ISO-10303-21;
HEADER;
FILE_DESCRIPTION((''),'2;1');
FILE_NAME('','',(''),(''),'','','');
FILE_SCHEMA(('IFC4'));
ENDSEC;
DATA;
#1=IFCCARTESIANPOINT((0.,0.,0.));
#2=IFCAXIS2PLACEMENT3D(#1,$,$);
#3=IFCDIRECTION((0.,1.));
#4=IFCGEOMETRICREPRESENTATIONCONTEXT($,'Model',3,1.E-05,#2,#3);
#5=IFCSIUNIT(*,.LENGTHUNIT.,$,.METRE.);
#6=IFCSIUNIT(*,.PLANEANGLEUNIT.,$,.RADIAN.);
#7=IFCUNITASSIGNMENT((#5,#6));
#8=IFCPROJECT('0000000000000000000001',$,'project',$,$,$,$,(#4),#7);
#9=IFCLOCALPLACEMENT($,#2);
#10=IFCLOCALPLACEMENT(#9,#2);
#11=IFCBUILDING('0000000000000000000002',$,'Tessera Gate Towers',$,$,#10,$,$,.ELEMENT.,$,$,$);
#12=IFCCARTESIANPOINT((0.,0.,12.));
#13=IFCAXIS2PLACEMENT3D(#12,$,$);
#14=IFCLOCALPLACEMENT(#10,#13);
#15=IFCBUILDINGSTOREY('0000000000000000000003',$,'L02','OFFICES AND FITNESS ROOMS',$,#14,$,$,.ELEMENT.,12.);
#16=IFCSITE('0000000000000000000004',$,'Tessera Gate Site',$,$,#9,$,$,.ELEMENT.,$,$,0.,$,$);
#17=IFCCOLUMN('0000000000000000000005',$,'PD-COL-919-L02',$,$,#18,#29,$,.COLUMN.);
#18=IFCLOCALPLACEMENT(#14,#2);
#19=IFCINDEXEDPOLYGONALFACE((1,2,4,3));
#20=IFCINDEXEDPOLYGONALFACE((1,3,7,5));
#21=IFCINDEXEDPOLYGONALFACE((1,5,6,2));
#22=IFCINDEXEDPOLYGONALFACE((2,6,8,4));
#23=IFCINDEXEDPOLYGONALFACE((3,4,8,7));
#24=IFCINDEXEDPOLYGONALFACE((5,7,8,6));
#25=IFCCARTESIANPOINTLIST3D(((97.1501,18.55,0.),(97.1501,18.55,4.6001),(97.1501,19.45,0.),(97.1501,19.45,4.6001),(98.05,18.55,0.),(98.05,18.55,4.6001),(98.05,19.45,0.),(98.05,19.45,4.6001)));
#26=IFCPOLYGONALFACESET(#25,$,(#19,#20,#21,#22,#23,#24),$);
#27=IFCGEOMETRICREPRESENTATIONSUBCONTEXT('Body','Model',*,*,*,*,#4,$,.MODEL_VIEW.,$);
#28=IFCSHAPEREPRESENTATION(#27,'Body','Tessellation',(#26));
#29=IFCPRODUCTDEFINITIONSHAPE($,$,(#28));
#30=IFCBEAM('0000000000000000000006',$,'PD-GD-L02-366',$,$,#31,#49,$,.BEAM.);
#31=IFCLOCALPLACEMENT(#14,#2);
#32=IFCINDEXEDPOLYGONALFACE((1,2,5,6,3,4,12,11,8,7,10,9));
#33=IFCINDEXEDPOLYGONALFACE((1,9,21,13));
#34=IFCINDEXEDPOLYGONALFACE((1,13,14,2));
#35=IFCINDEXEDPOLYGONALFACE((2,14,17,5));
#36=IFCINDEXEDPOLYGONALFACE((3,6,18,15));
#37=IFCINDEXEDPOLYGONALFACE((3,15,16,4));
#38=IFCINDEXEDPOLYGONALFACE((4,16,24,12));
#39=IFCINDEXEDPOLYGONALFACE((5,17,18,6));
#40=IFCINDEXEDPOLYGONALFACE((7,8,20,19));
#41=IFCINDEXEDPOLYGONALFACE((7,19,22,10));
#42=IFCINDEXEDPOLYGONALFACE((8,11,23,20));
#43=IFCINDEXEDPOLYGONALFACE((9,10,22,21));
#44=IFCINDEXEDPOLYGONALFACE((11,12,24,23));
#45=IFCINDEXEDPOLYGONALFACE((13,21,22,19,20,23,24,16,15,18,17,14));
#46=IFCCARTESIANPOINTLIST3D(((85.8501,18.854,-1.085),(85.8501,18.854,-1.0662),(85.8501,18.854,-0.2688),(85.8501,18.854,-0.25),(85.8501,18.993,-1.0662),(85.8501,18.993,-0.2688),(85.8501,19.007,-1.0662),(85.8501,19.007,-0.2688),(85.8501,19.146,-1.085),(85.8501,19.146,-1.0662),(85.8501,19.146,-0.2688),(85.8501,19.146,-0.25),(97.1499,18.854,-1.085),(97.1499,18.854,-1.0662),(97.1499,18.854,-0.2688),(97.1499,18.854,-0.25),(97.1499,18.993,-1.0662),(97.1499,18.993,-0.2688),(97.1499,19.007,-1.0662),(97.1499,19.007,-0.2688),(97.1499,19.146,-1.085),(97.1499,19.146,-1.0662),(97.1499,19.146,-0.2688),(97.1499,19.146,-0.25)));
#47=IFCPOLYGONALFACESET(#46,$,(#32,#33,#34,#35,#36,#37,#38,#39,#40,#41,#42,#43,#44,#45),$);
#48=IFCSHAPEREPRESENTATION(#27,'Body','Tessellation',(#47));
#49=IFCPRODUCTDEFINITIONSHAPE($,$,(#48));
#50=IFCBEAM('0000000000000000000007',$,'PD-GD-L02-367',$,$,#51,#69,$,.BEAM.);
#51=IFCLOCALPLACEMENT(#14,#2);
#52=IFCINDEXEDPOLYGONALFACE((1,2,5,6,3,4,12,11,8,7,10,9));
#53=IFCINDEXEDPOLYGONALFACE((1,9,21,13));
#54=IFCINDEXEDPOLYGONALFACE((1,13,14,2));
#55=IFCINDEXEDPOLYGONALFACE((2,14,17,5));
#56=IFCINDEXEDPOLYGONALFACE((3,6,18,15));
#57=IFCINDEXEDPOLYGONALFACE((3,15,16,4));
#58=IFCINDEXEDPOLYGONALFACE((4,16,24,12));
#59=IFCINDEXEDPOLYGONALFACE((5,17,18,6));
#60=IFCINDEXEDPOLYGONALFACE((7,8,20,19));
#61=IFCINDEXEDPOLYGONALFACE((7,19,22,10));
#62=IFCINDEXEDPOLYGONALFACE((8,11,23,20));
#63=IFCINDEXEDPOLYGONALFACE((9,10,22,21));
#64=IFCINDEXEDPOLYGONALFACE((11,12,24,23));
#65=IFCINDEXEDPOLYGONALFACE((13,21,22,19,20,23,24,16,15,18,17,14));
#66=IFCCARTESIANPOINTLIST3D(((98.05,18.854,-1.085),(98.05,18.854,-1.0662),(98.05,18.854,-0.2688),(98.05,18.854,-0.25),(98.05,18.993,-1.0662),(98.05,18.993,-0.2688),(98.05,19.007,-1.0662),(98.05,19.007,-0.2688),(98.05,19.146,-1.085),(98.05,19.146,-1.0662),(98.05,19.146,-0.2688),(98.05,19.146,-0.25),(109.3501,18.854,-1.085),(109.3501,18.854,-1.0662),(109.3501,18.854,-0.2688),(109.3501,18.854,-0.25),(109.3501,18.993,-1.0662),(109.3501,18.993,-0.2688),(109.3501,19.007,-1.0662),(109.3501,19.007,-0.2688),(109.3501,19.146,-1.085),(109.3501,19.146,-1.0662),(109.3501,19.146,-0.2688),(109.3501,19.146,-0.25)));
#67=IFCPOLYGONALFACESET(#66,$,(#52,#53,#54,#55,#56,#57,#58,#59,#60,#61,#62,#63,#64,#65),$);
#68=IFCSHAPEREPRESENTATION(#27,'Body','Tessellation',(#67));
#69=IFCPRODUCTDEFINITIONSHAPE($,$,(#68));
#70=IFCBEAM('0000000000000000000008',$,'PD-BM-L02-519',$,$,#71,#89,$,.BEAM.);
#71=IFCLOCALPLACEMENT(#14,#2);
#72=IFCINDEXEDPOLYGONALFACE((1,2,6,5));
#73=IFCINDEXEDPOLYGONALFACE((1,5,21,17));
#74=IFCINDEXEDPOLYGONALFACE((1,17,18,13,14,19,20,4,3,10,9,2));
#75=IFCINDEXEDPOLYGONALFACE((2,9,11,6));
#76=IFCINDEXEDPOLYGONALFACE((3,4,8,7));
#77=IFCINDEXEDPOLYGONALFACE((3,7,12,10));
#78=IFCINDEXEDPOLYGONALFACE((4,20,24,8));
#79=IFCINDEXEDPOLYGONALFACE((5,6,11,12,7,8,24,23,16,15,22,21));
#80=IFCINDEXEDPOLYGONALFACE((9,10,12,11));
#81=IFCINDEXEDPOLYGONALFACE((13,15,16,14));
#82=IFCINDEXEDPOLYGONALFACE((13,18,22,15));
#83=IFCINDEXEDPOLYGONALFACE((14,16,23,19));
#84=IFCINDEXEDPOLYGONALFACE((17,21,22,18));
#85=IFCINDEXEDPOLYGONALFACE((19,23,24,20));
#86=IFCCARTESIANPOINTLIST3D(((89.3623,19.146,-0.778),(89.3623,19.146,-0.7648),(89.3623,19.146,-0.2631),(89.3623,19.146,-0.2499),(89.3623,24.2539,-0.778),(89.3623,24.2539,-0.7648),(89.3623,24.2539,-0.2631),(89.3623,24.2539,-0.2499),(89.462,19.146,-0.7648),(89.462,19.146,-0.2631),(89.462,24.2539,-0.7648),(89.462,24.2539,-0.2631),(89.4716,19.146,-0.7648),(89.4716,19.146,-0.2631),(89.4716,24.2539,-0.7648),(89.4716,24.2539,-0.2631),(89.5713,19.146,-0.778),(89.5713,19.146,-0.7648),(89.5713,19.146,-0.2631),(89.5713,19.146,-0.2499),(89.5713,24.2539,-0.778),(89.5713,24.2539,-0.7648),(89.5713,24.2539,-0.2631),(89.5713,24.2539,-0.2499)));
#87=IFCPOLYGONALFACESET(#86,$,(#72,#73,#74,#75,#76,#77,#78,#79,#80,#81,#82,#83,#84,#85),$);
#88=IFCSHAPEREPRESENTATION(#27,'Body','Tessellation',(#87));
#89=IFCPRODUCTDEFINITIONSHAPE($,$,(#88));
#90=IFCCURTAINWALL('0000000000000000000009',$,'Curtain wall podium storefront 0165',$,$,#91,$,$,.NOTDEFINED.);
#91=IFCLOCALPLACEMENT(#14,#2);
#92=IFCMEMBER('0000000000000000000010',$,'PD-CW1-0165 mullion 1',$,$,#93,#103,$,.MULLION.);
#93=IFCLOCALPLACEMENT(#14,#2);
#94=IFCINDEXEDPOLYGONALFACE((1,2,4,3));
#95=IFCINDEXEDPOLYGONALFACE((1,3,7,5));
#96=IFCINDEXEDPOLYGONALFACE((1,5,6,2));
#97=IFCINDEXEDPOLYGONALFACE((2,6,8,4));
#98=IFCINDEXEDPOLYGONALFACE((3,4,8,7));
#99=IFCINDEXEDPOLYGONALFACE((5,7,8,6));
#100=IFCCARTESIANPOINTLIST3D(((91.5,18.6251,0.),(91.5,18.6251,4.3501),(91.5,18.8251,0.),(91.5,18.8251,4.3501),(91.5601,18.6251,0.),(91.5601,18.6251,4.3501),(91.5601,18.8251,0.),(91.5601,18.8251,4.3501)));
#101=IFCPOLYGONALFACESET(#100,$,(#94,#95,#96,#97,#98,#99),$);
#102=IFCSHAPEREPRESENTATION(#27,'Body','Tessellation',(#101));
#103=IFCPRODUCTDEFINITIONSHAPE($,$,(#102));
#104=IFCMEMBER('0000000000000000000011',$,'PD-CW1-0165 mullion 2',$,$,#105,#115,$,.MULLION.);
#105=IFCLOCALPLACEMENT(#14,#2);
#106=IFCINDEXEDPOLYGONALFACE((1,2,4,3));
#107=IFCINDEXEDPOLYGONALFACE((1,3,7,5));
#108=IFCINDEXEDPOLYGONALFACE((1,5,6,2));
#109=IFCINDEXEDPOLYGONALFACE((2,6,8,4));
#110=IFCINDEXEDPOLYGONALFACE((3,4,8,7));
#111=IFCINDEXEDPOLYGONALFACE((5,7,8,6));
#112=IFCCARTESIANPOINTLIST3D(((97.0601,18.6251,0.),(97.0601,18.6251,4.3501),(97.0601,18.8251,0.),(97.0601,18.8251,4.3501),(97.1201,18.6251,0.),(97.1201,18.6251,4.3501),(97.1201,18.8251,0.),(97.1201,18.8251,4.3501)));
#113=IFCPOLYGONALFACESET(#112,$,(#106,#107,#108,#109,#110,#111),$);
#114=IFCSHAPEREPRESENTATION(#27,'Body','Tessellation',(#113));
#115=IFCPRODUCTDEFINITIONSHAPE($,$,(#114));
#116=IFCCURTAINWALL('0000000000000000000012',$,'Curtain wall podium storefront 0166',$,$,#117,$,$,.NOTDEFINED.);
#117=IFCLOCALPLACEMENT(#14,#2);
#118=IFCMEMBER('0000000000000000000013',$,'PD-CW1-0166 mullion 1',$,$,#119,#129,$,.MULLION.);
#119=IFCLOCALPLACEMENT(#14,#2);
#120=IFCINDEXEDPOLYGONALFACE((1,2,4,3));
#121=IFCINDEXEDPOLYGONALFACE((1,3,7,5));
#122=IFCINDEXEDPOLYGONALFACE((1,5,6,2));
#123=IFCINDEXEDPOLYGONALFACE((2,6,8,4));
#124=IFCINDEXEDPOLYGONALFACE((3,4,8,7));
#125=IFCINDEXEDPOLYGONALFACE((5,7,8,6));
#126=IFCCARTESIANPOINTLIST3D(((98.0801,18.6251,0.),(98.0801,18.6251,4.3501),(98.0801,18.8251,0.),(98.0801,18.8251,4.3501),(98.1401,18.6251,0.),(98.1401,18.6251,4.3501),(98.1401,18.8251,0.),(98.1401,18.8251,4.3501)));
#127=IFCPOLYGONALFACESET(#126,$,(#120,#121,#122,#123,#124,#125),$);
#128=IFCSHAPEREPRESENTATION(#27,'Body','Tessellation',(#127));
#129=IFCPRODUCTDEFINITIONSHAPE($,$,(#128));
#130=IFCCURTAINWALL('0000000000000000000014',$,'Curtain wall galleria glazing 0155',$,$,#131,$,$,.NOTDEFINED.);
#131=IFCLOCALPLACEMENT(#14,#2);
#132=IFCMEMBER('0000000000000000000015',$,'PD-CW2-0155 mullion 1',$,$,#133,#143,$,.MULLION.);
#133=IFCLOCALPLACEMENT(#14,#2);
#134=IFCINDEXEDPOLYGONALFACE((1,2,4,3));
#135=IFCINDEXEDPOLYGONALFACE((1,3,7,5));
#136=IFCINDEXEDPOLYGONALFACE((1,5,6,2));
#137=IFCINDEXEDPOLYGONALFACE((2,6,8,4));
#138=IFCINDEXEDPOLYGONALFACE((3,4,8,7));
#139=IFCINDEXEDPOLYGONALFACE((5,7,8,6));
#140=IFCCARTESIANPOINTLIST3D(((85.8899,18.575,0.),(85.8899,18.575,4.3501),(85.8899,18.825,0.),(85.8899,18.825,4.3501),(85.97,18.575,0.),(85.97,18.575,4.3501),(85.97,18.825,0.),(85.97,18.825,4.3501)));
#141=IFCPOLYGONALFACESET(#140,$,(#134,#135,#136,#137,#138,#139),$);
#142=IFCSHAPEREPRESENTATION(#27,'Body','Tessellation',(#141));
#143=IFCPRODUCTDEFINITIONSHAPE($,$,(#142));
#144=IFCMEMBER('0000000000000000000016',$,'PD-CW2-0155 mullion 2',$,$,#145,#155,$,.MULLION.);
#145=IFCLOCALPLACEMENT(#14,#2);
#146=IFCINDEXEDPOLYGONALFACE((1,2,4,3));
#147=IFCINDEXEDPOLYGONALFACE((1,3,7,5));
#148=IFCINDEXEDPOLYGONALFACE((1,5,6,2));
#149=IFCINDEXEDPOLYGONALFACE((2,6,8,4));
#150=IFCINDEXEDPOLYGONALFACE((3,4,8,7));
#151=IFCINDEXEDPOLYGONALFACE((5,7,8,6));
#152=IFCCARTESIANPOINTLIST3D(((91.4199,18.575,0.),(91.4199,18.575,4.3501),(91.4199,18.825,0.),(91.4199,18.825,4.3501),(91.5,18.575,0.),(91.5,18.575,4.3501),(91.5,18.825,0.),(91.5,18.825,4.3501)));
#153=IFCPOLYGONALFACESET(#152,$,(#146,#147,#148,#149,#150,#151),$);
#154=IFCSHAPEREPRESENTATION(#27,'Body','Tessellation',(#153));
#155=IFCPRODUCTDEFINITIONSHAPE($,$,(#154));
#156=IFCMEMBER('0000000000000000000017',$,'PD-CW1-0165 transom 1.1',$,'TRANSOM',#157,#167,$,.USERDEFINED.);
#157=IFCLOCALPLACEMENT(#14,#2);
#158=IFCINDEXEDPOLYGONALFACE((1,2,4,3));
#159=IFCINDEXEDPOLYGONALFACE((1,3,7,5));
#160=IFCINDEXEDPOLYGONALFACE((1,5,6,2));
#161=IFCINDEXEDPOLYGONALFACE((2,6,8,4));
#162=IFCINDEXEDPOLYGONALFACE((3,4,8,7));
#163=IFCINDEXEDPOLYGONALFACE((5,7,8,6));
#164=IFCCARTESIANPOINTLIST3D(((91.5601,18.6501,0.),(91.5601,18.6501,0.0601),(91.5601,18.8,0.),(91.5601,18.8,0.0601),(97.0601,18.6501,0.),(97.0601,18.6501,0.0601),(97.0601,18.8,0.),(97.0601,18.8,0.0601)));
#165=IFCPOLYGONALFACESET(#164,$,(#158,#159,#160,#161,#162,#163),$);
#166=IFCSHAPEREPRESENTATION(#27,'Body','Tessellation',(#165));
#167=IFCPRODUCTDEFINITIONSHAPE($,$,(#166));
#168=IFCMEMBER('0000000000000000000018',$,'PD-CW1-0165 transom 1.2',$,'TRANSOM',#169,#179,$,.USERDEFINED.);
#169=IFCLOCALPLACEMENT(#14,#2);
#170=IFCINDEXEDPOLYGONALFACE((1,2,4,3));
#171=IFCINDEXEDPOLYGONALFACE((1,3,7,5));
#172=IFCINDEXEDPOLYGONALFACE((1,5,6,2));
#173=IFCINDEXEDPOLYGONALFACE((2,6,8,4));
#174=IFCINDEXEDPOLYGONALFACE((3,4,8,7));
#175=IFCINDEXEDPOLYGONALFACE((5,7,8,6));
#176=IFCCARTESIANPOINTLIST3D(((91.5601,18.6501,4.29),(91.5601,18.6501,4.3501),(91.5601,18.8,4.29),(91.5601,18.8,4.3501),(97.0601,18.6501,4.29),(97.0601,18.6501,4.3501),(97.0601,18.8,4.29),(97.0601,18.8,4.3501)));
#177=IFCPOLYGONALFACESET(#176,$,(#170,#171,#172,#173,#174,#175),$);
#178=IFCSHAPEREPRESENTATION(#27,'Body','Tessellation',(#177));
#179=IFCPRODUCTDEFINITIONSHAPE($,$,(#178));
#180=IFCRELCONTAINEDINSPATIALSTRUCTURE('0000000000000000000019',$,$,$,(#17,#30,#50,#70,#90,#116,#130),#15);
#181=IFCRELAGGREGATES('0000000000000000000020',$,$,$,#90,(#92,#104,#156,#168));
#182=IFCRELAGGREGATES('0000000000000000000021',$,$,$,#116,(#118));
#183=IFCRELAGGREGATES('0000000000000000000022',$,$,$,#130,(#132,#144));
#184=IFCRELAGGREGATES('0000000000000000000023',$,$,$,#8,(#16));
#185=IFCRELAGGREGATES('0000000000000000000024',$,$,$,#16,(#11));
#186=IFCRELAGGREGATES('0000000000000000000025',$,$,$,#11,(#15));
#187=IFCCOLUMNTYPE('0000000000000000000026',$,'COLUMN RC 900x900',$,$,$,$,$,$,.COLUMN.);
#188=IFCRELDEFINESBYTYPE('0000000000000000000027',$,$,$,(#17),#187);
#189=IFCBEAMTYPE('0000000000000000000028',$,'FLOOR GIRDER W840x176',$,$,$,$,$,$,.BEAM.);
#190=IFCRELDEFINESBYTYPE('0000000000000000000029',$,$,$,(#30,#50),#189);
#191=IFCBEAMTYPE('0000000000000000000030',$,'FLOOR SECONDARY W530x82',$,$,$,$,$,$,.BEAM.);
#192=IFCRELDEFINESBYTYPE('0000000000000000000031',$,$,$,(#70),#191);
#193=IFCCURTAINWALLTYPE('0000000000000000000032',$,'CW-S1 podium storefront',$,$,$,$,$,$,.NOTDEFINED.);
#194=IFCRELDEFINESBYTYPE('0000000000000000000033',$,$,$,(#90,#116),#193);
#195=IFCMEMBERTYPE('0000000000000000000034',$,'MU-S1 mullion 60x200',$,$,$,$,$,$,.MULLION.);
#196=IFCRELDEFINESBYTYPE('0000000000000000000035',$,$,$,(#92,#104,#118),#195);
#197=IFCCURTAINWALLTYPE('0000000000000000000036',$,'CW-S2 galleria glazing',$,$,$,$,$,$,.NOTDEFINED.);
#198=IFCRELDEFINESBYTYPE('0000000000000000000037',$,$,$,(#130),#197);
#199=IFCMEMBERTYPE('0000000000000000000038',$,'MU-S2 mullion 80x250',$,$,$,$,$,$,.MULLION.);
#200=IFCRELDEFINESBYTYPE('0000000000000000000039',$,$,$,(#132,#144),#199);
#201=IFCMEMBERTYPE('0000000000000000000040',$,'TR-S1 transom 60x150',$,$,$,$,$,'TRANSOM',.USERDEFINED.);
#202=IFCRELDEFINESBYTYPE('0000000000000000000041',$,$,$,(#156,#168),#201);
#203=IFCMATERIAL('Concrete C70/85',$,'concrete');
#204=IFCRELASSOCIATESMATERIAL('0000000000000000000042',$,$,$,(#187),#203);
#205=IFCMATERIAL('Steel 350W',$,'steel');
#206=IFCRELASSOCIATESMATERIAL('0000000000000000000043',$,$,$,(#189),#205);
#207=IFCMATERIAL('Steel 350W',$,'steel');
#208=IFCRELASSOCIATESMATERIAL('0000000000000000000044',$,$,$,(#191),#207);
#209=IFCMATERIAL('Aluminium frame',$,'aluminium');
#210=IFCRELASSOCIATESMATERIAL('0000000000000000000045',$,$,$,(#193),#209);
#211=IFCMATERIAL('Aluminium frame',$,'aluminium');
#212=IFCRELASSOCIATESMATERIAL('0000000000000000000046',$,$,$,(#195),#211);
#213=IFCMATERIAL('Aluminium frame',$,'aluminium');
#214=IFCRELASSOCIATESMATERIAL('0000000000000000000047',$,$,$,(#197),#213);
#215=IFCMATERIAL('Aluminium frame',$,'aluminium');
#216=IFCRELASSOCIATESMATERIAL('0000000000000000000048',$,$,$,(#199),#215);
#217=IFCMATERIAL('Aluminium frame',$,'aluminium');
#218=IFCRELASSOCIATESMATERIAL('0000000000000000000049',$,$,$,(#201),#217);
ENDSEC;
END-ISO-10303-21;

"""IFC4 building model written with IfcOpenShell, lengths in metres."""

from ifc_helpers import new_model, si_unit, direction, frame, origin, origin_2d, place, context, subcontext, project, spatial, rectangle, i_section, extrude, material, material_profile, profile_set, type_object, element, aggregate, save


model = new_model("IFC4")

# Units and contexts
model_context = context("Model", 3, precision=1e-05, world=origin(), true_north=direction((0.0, 1.0)))
body_context = subcontext(model_context, "Body", "Model", "MODEL_VIEW")
ifc_project = project(units=[si_unit("LENGTHUNIT", "METRE"), si_unit("PLANEANGLEUNIT", "RADIAN")], contexts=[model_context])

# Site, building, storey
site_placement = place(None, origin())
site = spatial("IfcSite", under=ifc_project, at=site_placement, Name="Tessera Gate Site", CompositionType="ELEMENT", RefElevation=0.0)
building_placement = place(site_placement, origin())
building = spatial("IfcBuilding", under=site, at=building_placement, Name="Tessera Gate Towers", CompositionType="ELEMENT")
storey_placement = place(building_placement, frame((0.0, 0.0, 12.0)))
storey = spatial("IfcBuildingStorey", under=building, at=storey_placement, Name="L02", Description="OFFICES AND FITNESS ROOMS", CompositionType="ELEMENT", Elevation=12.0)

# Column
ifc_material_1 = material(Name="Concrete C70/85", Category="concrete")
ifc_material_profile_1 = material_profile(ifc_material_1, rectangle(XDim=0.8999, YDim=0.8999, at=origin_2d()), Name="RC 900x900")
ifc_profile_set_1 = profile_set([ifc_material_profile_1], Name="Concrete C70/85")
column_type = type_object("IfcColumnType", Name="COLUMN RC 900x900", PredefinedType="COLUMN", material=ifc_profile_set_1)
column_placement = place(storey_placement, frame((97.6001, 19.0, 0.0), z_axis=(0.0, 0.0, 1.0), x_axis=(1.0, 0.0, 0.0)))
element("IfcColumn", 1, at=column_placement, inside=storey, type_object=column_type, Name="PD-COL-919-L02", PredefinedType="COLUMN", context=body_context, shape_type="SweptSolid", body=[
    extrude(rectangle(XDim=0.8999, YDim=0.8999, at=origin_2d()), origin(), (0.0, 0.0, 1.0), 4.6001),
])

# Beams
ifc_material_2 = material(Name="Steel 350W", Category="steel")
ifc_material_profile_2 = material_profile(ifc_material_2, i_section(OverallWidth=0.292, OverallDepth=0.835, WebThickness=0.0139, FlangeThickness=0.0188, at=origin_2d()), Name="W840x176")
ifc_profile_set_2 = profile_set([ifc_material_profile_2], Name="Steel 350W")
beam_type_1 = type_object("IfcBeamType", Name="FLOOR GIRDER W840x176", PredefinedType="BEAM", material=ifc_profile_set_2)
beam_1_placement = place(storey_placement, frame((85.8501, 19.0, -0.6675), z_axis=(1.0, 0.0, 0.0), x_axis=(0.0, 1.0, 0.0)))
element("IfcBeam", 2, at=beam_1_placement, inside=storey, type_object=beam_type_1, Name="PD-GD-L02-366", PredefinedType="BEAM", context=body_context, shape_type="SweptSolid", body=[
    extrude(i_section(OverallWidth=0.292, OverallDepth=0.835, WebThickness=0.0139, FlangeThickness=0.0188, at=origin_2d()), origin(), (0.0, 0.0, 1.0), 11.2998),
])
beam_2_placement = place(storey_placement, frame((98.05, 19.0, -0.6675), z_axis=(1.0, 0.0, 0.0), x_axis=(0.0, 1.0, 0.0)))
element("IfcBeam", 3, at=beam_2_placement, inside=storey, type_object=beam_type_1, Name="PD-GD-L02-367", PredefinedType="BEAM", context=body_context, shape_type="SweptSolid", body=[
    extrude(i_section(OverallWidth=0.292, OverallDepth=0.835, WebThickness=0.0139, FlangeThickness=0.0188, at=origin_2d()), origin(), (0.0, 0.0, 1.0), 11.3),
])
ifc_material_3 = material(Name="Steel 350W", Category="steel")
ifc_material_profile_3 = material_profile(ifc_material_3, i_section(OverallWidth=0.209, OverallDepth=0.5281, WebThickness=0.0095, FlangeThickness=0.0132, at=origin_2d()), Name="W530x82")
ifc_profile_set_3 = profile_set([ifc_material_profile_3], Name="Steel 350W")
beam_type_2 = type_object("IfcBeamType", Name="FLOOR SECONDARY W530x82", PredefinedType="BEAM", material=ifc_profile_set_3)
beam_3_placement = place(storey_placement, frame((89.4668, 19.146, -0.5139), z_axis=(0.0, 1.0, 0.0), x_axis=(-1.0, 0.0, 0.0)))
element("IfcBeam", 4, at=beam_3_placement, inside=storey, type_object=beam_type_2, Name="PD-BM-L02-519", PredefinedType="BEAM", context=body_context, shape_type="SweptSolid", body=[
    extrude(i_section(OverallWidth=0.209, OverallDepth=0.5281, WebThickness=0.0095, FlangeThickness=0.0132, at=origin_2d()), origin(), (0.0, 0.0, 1.0), 5.1079),
])

# Curtain wall, members
ifc_material_4 = material(Name="Aluminium frame", Category="aluminium")
curtain_wall_type_1 = type_object("IfcCurtainWallType", Name="CW-S1 podium storefront", PredefinedType="NOTDEFINED", material=ifc_material_4)
curtain_wall_1_placement = place(storey_placement, origin())
curtain_wall_1 = element("IfcCurtainWall", 5, at=curtain_wall_1_placement, inside=storey, type_object=curtain_wall_type_1, Name="Curtain wall podium storefront 0165", PredefinedType="NOTDEFINED")
ifc_material_5 = material(Name="Aluminium frame", Category="aluminium")
ifc_material_profile_4 = material_profile(ifc_material_5, rectangle(XDim=0.0601, YDim=0.2, at=origin_2d()), Name="AL 60x200")
ifc_profile_set_4 = profile_set([ifc_material_profile_4], Name="Aluminium frame")
member_type_1 = type_object("IfcMemberType", Name="MU-S1 mullion 60x200", PredefinedType="MULLION", material=ifc_profile_set_4)
member_1_placement = place(storey_placement, frame((91.53, 18.7251, 0.0), z_axis=(0.0, 0.0, 1.0), x_axis=(1.0, 0.0, 0.0)))
member_1 = element("IfcMember", 6, at=member_1_placement, type_object=member_type_1, Name="PD-CW1-0165 mullion 1", PredefinedType="MULLION", context=body_context, shape_type="SweptSolid", body=[
    extrude(rectangle(XDim=0.0601, YDim=0.2, at=origin_2d()), origin(), (0.0, 0.0, 1.0), 4.3501),
])
member_2_placement = place(storey_placement, frame((97.0901, 18.7251, 0.0), z_axis=(0.0, 0.0, 1.0), x_axis=(1.0, 0.0, 0.0)))
member_2 = element("IfcMember", 7, at=member_2_placement, type_object=member_type_1, Name="PD-CW1-0165 mullion 2", PredefinedType="MULLION", context=body_context, shape_type="SweptSolid", body=[
    extrude(rectangle(XDim=0.0601, YDim=0.2, at=origin_2d()), origin(), (0.0, 0.0, 1.0), 4.3501),
])

# Curtain wall, member
curtain_wall_2_placement = place(storey_placement, origin())
curtain_wall_2 = element("IfcCurtainWall", 8, at=curtain_wall_2_placement, inside=storey, type_object=curtain_wall_type_1, Name="Curtain wall podium storefront 0166", PredefinedType="NOTDEFINED")
member_3_placement = place(storey_placement, frame((98.1101, 18.7251, 0.0), z_axis=(0.0, 0.0, 1.0), x_axis=(1.0, 0.0, 0.0)))
member_3 = element("IfcMember", 9, at=member_3_placement, type_object=member_type_1, Name="PD-CW1-0166 mullion 1", PredefinedType="MULLION", context=body_context, shape_type="SweptSolid", body=[
    extrude(rectangle(XDim=0.0601, YDim=0.2, at=origin_2d()), origin(), (0.0, 0.0, 1.0), 4.3501),
])

# Curtain wall, members
ifc_material_6 = material(Name="Aluminium frame", Category="aluminium")
curtain_wall_type_2 = type_object("IfcCurtainWallType", Name="CW-S2 galleria glazing", PredefinedType="NOTDEFINED", material=ifc_material_6)
curtain_wall_3_placement = place(storey_placement, origin())
curtain_wall_3 = element("IfcCurtainWall", 10, at=curtain_wall_3_placement, inside=storey, type_object=curtain_wall_type_2, Name="Curtain wall galleria glazing 0155", PredefinedType="NOTDEFINED")
ifc_material_7 = material(Name="Aluminium frame", Category="aluminium")
ifc_material_profile_5 = material_profile(ifc_material_7, rectangle(XDim=0.0801, YDim=0.25, at=origin_2d()), Name="AL 80x250")
ifc_profile_set_5 = profile_set([ifc_material_profile_5], Name="Aluminium frame")
member_type_2 = type_object("IfcMemberType", Name="MU-S2 mullion 80x250", PredefinedType="MULLION", material=ifc_profile_set_5)
member_4_placement = place(storey_placement, frame((85.9299, 18.7, 0.0), z_axis=(0.0, 0.0, 1.0), x_axis=(1.0, 0.0, 0.0)))
member_4 = element("IfcMember", 11, at=member_4_placement, type_object=member_type_2, Name="PD-CW2-0155 mullion 1", PredefinedType="MULLION", context=body_context, shape_type="SweptSolid", body=[
    extrude(rectangle(XDim=0.0801, YDim=0.25, at=origin_2d()), origin(), (0.0, 0.0, 1.0), 4.3501),
])
member_5_placement = place(storey_placement, frame((91.46, 18.7, 0.0), z_axis=(0.0, 0.0, 1.0), x_axis=(1.0, 0.0, 0.0)))
member_5 = element("IfcMember", 12, at=member_5_placement, type_object=member_type_2, Name="PD-CW2-0155 mullion 2", PredefinedType="MULLION", context=body_context, shape_type="SweptSolid", body=[
    extrude(rectangle(XDim=0.0801, YDim=0.25, at=origin_2d()), origin(), (0.0, 0.0, 1.0), 4.3501),
])

# Members
ifc_material_8 = material(Name="Aluminium frame", Category="aluminium")
ifc_material_profile_6 = material_profile(ifc_material_8, rectangle(XDim=0.1499, YDim=0.0601, at=origin_2d()), Name="AL 60x150")
ifc_profile_set_6 = profile_set([ifc_material_profile_6], Name="Aluminium frame")
member_type_3 = type_object("IfcMemberType", Name="TR-S1 transom 60x150", ElementType="TRANSOM", PredefinedType="USERDEFINED", material=ifc_profile_set_6)
member_6_placement = place(storey_placement, frame((91.5601, 18.7251, 0.03), z_axis=(1.0, 0.0, 0.0), x_axis=(0.0, 1.0, 0.0)))
member_6 = element("IfcMember", 13, at=member_6_placement, type_object=member_type_3, Name="PD-CW1-0165 transom 1.1", ObjectType="TRANSOM", PredefinedType="USERDEFINED", context=body_context, shape_type="SweptSolid", body=[
    extrude(rectangle(XDim=0.1499, YDim=0.0601, at=origin_2d()), origin(), (0.0, 0.0, 1.0), 5.5),
])
member_7_placement = place(storey_placement, frame((91.5601, 18.7251, 4.3201), z_axis=(1.0, 0.0, 0.0), x_axis=(0.0, 1.0, 0.0)))
member_7 = element("IfcMember", 14, at=member_7_placement, type_object=member_type_3, Name="PD-CW1-0165 transom 1.2", ObjectType="TRANSOM", PredefinedType="USERDEFINED", context=body_context, shape_type="SweptSolid", body=[
    extrude(rectangle(XDim=0.1499, YDim=0.0601, at=origin_2d()), origin(), (0.0, 0.0, 1.0), 5.5),
])

aggregate(curtain_wall_1, [member_1, member_2, member_6, member_7])
aggregate(curtain_wall_2, [member_3])
aggregate(curtain_wall_3, [member_4, member_5])

save(model, "model.ifc")
